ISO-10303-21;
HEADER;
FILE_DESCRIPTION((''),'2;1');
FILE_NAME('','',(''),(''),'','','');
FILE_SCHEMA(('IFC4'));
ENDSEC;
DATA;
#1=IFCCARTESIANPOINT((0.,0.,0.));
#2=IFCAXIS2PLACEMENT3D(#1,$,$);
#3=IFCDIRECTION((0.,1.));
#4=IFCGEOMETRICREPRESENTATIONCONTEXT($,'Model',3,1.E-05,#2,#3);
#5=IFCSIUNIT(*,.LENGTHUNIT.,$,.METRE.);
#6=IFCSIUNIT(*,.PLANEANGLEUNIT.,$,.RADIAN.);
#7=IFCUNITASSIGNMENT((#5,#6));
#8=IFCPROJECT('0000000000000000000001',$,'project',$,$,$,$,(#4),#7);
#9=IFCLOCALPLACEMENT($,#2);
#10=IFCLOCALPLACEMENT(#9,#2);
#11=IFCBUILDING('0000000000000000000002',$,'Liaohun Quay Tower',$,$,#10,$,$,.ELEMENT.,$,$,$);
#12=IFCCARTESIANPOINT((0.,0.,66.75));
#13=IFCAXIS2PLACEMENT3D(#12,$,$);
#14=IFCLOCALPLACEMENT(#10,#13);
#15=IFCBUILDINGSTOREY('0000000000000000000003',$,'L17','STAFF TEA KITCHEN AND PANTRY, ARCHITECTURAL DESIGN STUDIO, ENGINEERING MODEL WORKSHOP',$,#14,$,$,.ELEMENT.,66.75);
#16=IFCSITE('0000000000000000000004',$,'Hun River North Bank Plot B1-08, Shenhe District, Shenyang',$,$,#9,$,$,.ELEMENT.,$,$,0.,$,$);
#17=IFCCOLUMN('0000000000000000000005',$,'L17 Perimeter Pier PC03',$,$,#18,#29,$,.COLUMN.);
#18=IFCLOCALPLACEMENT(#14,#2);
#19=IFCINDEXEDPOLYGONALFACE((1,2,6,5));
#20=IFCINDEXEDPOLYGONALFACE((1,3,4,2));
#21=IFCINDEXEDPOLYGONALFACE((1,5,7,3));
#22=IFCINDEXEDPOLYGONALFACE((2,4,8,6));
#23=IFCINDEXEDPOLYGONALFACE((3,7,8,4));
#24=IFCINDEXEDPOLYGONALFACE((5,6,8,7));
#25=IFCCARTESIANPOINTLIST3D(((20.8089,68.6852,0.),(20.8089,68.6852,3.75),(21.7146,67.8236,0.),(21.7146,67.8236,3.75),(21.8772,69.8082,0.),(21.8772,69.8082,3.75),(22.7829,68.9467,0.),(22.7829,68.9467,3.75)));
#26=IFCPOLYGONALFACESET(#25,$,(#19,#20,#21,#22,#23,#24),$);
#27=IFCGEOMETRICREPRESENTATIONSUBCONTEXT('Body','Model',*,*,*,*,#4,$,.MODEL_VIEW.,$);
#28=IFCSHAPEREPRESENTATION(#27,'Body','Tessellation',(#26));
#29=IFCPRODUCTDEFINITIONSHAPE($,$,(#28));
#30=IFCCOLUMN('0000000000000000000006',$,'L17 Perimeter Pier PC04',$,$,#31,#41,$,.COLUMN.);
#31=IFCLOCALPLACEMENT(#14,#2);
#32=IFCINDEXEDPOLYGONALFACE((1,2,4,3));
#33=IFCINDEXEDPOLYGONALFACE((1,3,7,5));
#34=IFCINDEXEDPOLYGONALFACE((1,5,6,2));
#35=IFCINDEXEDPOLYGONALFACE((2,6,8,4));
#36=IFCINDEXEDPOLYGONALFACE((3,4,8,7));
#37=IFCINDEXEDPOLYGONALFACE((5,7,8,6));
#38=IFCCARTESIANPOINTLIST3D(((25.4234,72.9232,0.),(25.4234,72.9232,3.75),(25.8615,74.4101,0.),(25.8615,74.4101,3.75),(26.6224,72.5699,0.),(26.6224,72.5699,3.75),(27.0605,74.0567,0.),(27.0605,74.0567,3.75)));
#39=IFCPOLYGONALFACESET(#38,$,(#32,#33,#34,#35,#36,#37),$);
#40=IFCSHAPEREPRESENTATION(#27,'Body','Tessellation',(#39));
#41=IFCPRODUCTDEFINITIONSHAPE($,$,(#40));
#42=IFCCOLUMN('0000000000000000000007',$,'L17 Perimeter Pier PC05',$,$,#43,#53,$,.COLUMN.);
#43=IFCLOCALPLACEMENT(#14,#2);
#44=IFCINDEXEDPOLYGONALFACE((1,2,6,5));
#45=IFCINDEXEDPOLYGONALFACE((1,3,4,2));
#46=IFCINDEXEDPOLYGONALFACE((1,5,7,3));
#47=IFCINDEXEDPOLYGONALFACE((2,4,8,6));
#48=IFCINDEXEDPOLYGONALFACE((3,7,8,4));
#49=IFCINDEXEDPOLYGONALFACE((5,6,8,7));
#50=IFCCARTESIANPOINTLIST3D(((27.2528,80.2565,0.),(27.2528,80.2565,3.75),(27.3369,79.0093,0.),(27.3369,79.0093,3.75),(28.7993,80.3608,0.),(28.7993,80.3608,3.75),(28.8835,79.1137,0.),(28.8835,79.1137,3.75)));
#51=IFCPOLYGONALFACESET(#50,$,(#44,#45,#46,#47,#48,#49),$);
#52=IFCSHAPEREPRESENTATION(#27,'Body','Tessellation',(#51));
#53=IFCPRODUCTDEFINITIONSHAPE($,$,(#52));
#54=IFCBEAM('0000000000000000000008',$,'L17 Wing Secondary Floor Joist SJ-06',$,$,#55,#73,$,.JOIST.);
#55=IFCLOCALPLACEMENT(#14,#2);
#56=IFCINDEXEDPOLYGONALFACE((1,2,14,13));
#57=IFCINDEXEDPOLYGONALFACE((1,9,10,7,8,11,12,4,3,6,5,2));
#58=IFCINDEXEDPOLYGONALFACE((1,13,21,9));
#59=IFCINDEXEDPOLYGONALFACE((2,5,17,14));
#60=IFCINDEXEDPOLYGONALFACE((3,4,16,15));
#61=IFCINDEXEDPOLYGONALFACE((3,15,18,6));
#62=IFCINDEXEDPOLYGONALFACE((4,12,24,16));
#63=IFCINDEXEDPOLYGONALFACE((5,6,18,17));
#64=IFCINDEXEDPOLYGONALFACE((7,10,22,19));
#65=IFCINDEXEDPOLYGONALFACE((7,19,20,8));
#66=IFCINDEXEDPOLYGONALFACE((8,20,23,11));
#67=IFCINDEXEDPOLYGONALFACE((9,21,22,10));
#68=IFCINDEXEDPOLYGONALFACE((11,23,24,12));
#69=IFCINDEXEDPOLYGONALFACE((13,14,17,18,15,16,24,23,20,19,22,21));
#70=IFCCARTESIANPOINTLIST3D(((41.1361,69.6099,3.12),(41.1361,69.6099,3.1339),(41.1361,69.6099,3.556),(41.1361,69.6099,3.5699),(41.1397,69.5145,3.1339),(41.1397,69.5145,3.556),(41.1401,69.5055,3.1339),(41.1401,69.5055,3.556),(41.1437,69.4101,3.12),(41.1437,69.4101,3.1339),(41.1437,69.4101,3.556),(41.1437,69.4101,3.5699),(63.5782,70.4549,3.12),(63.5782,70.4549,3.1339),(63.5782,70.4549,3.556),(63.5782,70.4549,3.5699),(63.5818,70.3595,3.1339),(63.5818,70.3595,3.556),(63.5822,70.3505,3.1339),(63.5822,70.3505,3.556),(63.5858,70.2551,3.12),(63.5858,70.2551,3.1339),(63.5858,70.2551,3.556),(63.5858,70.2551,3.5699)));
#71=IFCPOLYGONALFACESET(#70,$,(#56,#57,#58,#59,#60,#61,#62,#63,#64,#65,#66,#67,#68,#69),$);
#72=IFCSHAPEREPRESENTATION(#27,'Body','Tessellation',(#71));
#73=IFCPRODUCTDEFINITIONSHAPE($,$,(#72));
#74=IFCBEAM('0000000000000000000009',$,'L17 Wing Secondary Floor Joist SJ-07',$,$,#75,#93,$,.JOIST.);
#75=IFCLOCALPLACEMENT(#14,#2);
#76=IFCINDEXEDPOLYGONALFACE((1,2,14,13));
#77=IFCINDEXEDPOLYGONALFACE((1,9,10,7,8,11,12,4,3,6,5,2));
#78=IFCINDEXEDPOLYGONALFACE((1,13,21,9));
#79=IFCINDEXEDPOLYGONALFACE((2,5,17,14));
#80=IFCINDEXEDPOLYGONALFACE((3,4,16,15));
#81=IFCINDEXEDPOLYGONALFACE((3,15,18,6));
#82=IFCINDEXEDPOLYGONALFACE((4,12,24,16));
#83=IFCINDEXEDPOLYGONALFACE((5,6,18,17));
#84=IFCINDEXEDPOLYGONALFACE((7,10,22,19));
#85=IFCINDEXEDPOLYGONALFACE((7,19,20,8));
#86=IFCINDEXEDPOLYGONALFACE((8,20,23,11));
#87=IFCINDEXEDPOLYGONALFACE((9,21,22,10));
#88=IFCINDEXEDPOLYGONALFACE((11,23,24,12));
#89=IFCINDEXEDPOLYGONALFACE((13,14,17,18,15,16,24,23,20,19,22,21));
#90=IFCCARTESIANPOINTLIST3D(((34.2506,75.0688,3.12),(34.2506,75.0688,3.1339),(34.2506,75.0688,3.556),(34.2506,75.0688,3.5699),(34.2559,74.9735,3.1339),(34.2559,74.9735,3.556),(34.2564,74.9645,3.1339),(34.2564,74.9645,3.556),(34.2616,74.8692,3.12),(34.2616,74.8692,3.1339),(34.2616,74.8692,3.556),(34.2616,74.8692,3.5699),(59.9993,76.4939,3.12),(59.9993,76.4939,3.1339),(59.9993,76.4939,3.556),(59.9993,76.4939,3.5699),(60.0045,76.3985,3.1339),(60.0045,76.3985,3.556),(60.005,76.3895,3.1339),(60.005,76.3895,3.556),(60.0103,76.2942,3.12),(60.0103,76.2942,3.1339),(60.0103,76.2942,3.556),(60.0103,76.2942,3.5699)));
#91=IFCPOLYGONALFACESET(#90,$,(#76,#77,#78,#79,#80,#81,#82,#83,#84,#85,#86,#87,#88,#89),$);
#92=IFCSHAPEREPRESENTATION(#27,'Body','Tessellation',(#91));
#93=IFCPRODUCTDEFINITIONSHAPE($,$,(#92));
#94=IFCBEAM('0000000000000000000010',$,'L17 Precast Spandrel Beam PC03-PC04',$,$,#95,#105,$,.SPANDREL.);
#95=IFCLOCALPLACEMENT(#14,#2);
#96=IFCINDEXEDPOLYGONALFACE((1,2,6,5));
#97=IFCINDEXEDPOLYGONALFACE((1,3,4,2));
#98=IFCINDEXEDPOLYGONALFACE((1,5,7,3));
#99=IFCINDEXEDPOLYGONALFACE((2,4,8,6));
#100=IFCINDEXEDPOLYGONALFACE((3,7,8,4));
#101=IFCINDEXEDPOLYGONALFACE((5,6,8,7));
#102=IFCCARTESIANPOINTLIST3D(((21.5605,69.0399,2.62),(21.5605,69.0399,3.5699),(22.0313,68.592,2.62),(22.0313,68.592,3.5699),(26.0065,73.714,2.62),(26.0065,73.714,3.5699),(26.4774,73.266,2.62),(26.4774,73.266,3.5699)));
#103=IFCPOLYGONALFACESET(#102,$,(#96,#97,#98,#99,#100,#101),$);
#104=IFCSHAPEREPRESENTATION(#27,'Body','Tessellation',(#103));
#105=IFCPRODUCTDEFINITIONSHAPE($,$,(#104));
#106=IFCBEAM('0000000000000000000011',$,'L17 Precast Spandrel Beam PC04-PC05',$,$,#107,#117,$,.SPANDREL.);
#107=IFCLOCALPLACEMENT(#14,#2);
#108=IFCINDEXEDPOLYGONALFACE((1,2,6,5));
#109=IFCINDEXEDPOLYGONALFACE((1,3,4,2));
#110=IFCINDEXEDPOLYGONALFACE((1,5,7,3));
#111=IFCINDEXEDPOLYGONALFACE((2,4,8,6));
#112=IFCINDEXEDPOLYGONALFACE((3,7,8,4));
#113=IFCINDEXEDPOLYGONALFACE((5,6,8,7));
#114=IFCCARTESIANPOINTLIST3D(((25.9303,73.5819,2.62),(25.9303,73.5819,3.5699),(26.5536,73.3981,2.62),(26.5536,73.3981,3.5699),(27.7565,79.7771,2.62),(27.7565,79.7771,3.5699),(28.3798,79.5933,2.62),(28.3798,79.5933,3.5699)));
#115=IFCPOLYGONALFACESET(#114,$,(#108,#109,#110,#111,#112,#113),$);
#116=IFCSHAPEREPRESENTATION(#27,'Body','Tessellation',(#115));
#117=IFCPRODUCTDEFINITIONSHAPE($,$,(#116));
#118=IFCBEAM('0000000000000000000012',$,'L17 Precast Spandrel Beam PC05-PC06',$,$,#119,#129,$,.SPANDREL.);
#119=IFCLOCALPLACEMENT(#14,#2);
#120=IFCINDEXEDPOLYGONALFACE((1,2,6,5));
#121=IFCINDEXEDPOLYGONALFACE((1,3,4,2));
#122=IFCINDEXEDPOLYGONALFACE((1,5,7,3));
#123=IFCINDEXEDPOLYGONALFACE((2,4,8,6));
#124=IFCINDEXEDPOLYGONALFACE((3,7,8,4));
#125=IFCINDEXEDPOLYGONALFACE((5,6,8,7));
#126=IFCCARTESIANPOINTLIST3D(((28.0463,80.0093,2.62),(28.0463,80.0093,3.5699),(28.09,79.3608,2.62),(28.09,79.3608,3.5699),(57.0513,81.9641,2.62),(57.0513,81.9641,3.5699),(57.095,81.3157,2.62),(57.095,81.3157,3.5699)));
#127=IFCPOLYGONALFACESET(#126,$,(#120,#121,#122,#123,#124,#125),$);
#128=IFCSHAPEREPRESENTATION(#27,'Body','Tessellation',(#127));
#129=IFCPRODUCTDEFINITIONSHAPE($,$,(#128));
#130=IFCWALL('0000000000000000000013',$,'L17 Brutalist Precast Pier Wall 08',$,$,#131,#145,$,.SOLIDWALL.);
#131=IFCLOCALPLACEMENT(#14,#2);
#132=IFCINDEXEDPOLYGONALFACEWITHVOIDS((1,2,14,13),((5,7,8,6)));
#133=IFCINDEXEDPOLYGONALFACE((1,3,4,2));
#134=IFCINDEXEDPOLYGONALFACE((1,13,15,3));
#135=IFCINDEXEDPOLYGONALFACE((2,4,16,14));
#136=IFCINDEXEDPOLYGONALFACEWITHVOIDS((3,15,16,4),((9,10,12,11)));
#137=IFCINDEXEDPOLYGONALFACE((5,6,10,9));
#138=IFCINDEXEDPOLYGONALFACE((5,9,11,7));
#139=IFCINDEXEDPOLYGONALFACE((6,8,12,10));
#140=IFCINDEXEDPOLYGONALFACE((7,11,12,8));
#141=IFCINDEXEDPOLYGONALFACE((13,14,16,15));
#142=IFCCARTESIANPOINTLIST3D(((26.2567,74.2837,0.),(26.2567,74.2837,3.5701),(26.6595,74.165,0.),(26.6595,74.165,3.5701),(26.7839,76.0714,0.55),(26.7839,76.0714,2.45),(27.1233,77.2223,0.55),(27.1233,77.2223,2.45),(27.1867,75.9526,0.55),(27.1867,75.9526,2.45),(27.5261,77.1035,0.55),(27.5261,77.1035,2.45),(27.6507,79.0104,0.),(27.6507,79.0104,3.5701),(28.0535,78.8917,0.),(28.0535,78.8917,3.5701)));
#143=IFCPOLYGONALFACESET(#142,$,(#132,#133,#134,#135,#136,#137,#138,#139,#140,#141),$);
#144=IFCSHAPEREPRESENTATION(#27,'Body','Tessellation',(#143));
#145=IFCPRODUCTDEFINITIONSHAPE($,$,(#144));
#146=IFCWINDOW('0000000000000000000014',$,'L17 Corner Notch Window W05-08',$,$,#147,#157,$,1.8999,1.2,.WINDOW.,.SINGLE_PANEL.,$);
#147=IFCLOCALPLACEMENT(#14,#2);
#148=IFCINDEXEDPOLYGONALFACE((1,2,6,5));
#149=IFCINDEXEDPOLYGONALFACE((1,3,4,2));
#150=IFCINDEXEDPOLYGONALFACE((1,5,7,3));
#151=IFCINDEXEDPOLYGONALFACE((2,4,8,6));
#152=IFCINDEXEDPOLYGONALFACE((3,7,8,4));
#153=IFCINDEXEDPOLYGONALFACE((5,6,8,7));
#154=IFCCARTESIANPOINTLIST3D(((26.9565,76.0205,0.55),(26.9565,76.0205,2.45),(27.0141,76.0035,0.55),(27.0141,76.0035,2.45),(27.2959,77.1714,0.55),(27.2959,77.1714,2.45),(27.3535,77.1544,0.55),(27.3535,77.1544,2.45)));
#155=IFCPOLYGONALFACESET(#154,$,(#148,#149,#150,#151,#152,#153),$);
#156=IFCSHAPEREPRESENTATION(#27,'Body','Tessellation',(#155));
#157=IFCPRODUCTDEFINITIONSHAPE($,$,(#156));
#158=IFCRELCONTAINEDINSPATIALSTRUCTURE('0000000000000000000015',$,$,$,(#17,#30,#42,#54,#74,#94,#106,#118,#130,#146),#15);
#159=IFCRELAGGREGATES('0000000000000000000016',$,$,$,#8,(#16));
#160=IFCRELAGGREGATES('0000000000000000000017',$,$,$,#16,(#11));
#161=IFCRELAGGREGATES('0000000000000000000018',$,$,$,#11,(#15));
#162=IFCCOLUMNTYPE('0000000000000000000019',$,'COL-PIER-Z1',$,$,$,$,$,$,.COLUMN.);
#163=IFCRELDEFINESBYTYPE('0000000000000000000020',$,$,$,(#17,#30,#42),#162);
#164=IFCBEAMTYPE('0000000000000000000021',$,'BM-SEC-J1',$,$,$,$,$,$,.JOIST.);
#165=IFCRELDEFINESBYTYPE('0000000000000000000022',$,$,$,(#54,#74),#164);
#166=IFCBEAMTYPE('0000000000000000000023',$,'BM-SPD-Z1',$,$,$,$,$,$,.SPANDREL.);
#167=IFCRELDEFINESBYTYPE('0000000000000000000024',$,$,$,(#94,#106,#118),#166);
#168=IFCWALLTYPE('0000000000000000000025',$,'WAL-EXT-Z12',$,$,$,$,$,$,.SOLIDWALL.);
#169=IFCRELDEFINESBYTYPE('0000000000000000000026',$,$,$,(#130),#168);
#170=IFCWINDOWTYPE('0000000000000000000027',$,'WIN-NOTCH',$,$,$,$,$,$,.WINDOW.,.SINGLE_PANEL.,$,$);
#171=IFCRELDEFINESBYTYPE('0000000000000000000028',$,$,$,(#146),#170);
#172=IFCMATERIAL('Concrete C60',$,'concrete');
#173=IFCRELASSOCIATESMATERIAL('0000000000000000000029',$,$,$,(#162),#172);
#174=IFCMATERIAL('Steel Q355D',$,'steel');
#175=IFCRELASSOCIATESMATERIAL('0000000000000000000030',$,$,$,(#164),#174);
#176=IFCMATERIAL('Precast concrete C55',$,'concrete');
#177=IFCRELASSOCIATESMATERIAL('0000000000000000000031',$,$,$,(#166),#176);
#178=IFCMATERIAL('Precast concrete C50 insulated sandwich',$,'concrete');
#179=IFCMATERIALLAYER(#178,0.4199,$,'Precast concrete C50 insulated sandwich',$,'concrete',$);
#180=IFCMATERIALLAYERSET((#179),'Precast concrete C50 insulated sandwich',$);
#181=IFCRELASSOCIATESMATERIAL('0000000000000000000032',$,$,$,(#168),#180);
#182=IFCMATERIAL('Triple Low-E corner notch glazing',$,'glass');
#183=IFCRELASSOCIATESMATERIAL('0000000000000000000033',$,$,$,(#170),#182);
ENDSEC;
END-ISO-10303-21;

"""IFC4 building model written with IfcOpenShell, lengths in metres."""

from ifc_helpers import new_model, si_unit, direction, frame, frame_2d, origin, origin_2d, place, context, subcontext, project, spatial, rectangle, i_section, extrude, source, transform, mapped, material, layer, layer_set, material_profile, profile_set, type_object, element, fill, save


model = new_model("IFC4")

# Units and contexts
model_context = context("Model", 3, precision=1e-05, world=origin(), true_north=direction((0.0, 1.0)))
body_context = subcontext(model_context, "Body", "Model", "MODEL_VIEW")
ifc_project = project(units=[si_unit("LENGTHUNIT", "METRE"), si_unit("PLANEANGLEUNIT", "RADIAN")], contexts=[model_context])

# Site, building, storey
site_placement = place(None, origin())
site = spatial("IfcSite", under=ifc_project, at=site_placement, Name="Hun River North Bank Plot B1-08, Shenhe District, Shenyang", CompositionType="ELEMENT", RefElevation=0.0)
building_placement = place(site_placement, origin())
building = spatial("IfcBuilding", under=site, at=building_placement, Name="Liaohun Quay Tower", CompositionType="ELEMENT")
storey_placement = place(building_placement, frame((0.0, 0.0, 66.75)))
storey = spatial("IfcBuildingStorey", under=building, at=storey_placement, Name="L17", Description="STAFF TEA KITCHEN AND PANTRY, ARCHITECTURAL DESIGN STUDIO, ENGINEERING MODEL WORKSHOP", CompositionType="ELEMENT", Elevation=66.75)

# Columns
ifc_material_1 = material(Name="Concrete C60", Category="concrete")
ifc_material_profile_1 = material_profile(ifc_material_1, rectangle(XDim=1.55, YDim=1.25, at=origin_2d()), Name="RC1550x1250")
ifc_profile_set_1 = profile_set([ifc_material_profile_1], Name="Concrete C60")
column_type = type_object("IfcColumnType", Name="COL-PIER-Z1", PredefinedType="COLUMN", material=ifc_profile_set_1)
shared_shape_1 = source(origin(), body_context, "Body", "SweptSolid", [
    extrude(rectangle(XDim=1.55, YDim=1.25, at=origin_2d()), origin(), (0.0, 0.0, 1.0), 3.75),
])
for number, where, z_axis, x_axis, name in (
    (1, (21.7959, 68.8159, 0.0), (0.0, 0.0, 1.0), (0.68924, 0.724533, 0.0), "L17 Perimeter Pier PC03"),
    (2, (26.2419, 73.49, 0.0), (0.0, 0.0, 1.0), (0.282676, 0.959215, 0.0), "L17 Perimeter Pier PC04"),
    (3, (28.0681, 79.6851, 0.0), (0.0, 0.0, 1.0), (0.997732, 0.067319, 0.0), "L17 Perimeter Pier PC05"),
):
    element("IfcColumn", number, at=place(storey_placement, frame(where, z_axis=z_axis, x_axis=x_axis)), inside=storey, type_object=column_type, Name=name, PredefinedType="COLUMN", context=body_context, shape_type="MappedRepresentation", body=[
        mapped(shared_shape_1, transform((0.0, 0.0, 0.0), x_axis=(1.0, 0.0, 0.0), y_axis=(0.0, 1.0, 0.0), z_axis=(0.0, 0.0, 1.0), scale=1.0)),
    ])

# Beams
ifc_material_2 = material(Name="Steel Q355D", Category="steel")
ifc_material_profile_2 = material_profile(ifc_material_2, i_section(OverallWidth=0.2, OverallDepth=0.45, WebThickness=0.009, FlangeThickness=0.0139, at=origin_2d()), Name="HN450x200x9x14")
ifc_profile_set_2 = profile_set([ifc_material_profile_2], Name="Steel Q355D")
beam_type_1 = type_object("IfcBeamType", Name="BM-SEC-J1", PredefinedType="JOIST", material=ifc_profile_set_2)
shared_shape_2 = source(origin(), body_context, "Body", "SweptSolid", [
    extrude(i_section(OverallWidth=0.2, OverallDepth=0.45, WebThickness=0.009, FlangeThickness=0.0139, at=origin_2d()), origin(), (0.0, 0.0, 1.0), 22.458),
])
beam_1_placement = place(storey_placement, frame((41.1399, 69.51, 3.345), z_axis=(0.999292, 0.037624, 0.0), x_axis=(-0.037624, 0.999292, 0.0)))
element("IfcBeam", 4, at=beam_1_placement, inside=storey, type_object=beam_type_1, Name="L17 Wing Secondary Floor Joist SJ-06", PredefinedType="JOIST", context=body_context, shape_type="MappedRepresentation", body=[
    mapped(shared_shape_2, transform((0.0, 0.0, 0.0), x_axis=(1.0, 0.0, 0.0), y_axis=(0.0, 1.0, 0.0), z_axis=(0.0, 0.0, 1.0), scale=1.0)),
])
shared_shape_3 = source(origin(), body_context, "Body", "SweptSolid", [
    extrude(i_section(OverallWidth=0.2, OverallDepth=0.45, WebThickness=0.009, FlangeThickness=0.0139, at=origin_2d()), origin(), (0.0, 0.0, 1.0), 25.7881),
])
beam_2_placement = place(storey_placement, frame((34.2561, 74.969, 3.345), z_axis=(0.998472, 0.05526, 0.0), x_axis=(-0.05526, 0.998472, 0.0)))
element("IfcBeam", 5, at=beam_2_placement, inside=storey, type_object=beam_type_1, Name="L17 Wing Secondary Floor Joist SJ-07", PredefinedType="JOIST", context=body_context, shape_type="MappedRepresentation", body=[
    mapped(shared_shape_3, transform((0.0, 0.0, 0.0), x_axis=(1.0, 0.0, 0.0), y_axis=(0.0, 1.0, 0.0), z_axis=(0.0, 0.0, 1.0), scale=1.0)),
])
ifc_material_3 = material(Name="Precast concrete C55", Category="concrete")
ifc_material_profile_3 = material_profile(ifc_material_3, rectangle(XDim=0.6499, YDim=0.95, at=origin_2d()), Name="RC650x950")
ifc_profile_set_3 = profile_set([ifc_material_profile_3], Name="Precast concrete C55")
beam_type_2 = type_object("IfcBeamType", Name="BM-SPD-Z1", PredefinedType="SPANDREL", material=ifc_profile_set_3)
shared_shape_4 = source(origin(), body_context, "Body", "SweptSolid", [
    extrude(rectangle(XDim=0.6499, YDim=0.95, at=origin_2d()), origin(), (0.0, 0.0, 1.0), 6.4509),
])
beam_3_placement = place(storey_placement, frame((21.7959, 68.8159, 3.095), z_axis=(0.689212, 0.72456, 0.0), x_axis=(-0.72456, 0.689212, 0.0)))
element("IfcBeam", 6, at=beam_3_placement, inside=storey, type_object=beam_type_2, Name="L17 Precast Spandrel Beam PC03-PC04", PredefinedType="SPANDREL", context=body_context, shape_type="MappedRepresentation", body=[
    mapped(shared_shape_4, transform((0.0, 0.0, 0.0), x_axis=(1.0, 0.0, 0.0), y_axis=(0.0, 1.0, 0.0), z_axis=(0.0, 0.0, 1.0), scale=1.0)),
])
shared_shape_5 = source(origin(), body_context, "Body", "SweptSolid", [
    extrude(rectangle(XDim=0.6499, YDim=0.95, at=origin_2d()), origin(), (0.0, 0.0, 1.0), 6.4587),
])
beam_4_placement = place(storey_placement, frame((26.2419, 73.49, 3.095), z_axis=(0.28275, 0.959194, 0.0), x_axis=(-0.959194, 0.28275, 0.0)))
element("IfcBeam", 7, at=beam_4_placement, inside=storey, type_object=beam_type_2, Name="L17 Precast Spandrel Beam PC04-PC05", PredefinedType="SPANDREL", context=body_context, shape_type="MappedRepresentation", body=[
    mapped(shared_shape_5, transform((0.0, 0.0, 0.0), x_axis=(1.0, 0.0, 0.0), y_axis=(0.0, 1.0, 0.0), z_axis=(0.0, 0.0, 1.0), scale=1.0)),
])
shared_shape_6 = source(origin(), body_context, "Body", "SweptSolid", [
    extrude(rectangle(XDim=0.6499, YDim=0.95, at=origin_2d()), origin(), (0.0, 0.0, 1.0), 29.0708),
])
beam_5_placement = place(storey_placement, frame((28.0681, 79.6851, 3.095), z_axis=(0.997737, 0.067244, 0.0), x_axis=(-0.067244, 0.997737, 0.0)))
element("IfcBeam", 8, at=beam_5_placement, inside=storey, type_object=beam_type_2, Name="L17 Precast Spandrel Beam PC05-PC06", PredefinedType="SPANDREL", context=body_context, shape_type="MappedRepresentation", body=[
    mapped(shared_shape_6, transform((0.0, 0.0, 0.0), x_axis=(1.0, 0.0, 0.0), y_axis=(0.0, 1.0, 0.0), z_axis=(0.0, 0.0, 1.0), scale=1.0)),
])

# Wall, opening, window
ifc_material_4 = material(Name="Precast concrete C50 insulated sandwich", Category="concrete")
ifc_layer_1 = layer(ifc_material_4, 0.4199, Name="Precast concrete C50 insulated sandwich", Category="concrete")
ifc_layer_set_1 = layer_set([ifc_layer_1], Name="Precast concrete C50 insulated sandwich")
wall_type_1 = type_object("IfcWallType", Name="WAL-EXT-Z12", PredefinedType="SOLIDWALL", material=ifc_layer_set_1)
wall_1_placement = place(storey_placement, frame((27.8521, 78.9509, 0.0), z_axis=(0.0, 0.0, 1.0), x_axis=(-0.282877, -0.959156, 0.0)))
wall_1 = element("IfcWall", 9, at=wall_1_placement, inside=storey, type_object=wall_type_1, Name="L17 Brutalist Precast Pier Wall 08", PredefinedType="SOLIDWALL", context=body_context, shape_type="SweptSolid", body=[
    extrude(rectangle(XDim=4.928, YDim=0.4199, at=frame_2d((2.4639, 0.0))), origin(), (0.0, 0.0, 1.0), 3.5701),
])
shared_shape_7 = source(origin(), body_context, "Body", "SweptSolid", [
    extrude(rectangle(XDim=1.2, YDim=1.8999, at=frame_2d((0.6001, 0.95))), frame((0.0, 0.22, 0.0), z_axis=(0.0, -1.0, 0.0), x_axis=(1.0, 0.0, 0.0)), (0.0, 0.0, 1.0), 0.4399),
])
opening_1_placement = place(wall_1_placement, frame((1.864, 0.0, 0.55)))
opening_1 = element("IfcOpeningElement", 10, at=opening_1_placement, cuts=wall_1, PredefinedType="OPENING", context=body_context, shape_type="MappedRepresentation", body=[
    mapped(shared_shape_7, transform((0.0, 0.0, 0.0), x_axis=(1.0, 0.0, 0.0), y_axis=(0.0, 1.0, 0.0), z_axis=(0.0, 0.0, 1.0), scale=1.0)),
])
ifc_material_5 = material(Name="Triple Low-E corner notch glazing", Category="glass")
window_type_1 = type_object("IfcWindowType", Name="WIN-NOTCH", PartitioningType="SINGLE_PANEL", PredefinedType="WINDOW", material=ifc_material_5)
shared_shape_8 = source(origin(), body_context, "Body", "SweptSolid", [
    extrude(rectangle(XDim=1.2, YDim=1.8999, at=frame_2d((0.6001, 0.95))), frame((0.0, 0.03, 0.0), z_axis=(0.0, -1.0, 0.0), x_axis=(1.0, 0.0, 0.0)), (0.0, 0.0, 1.0), 0.0601),
])
window_1_placement = place(opening_1_placement, origin())
window_1 = element("IfcWindow", 11, at=window_1_placement, inside=storey, type_object=window_type_1, Name="L17 Corner Notch Window W05-08", OverallHeight=1.8999, OverallWidth=1.2, PartitioningType="SINGLE_PANEL", PredefinedType="WINDOW", context=body_context, shape_type="MappedRepresentation", body=[
    mapped(shared_shape_8, transform((0.0, 0.0, 0.0), x_axis=(1.0, 0.0, 0.0), y_axis=(0.0, 1.0, 0.0), z_axis=(0.0, 0.0, 1.0), scale=1.0)),
])
fill(opening_1, window_1)

save(model, "model.ifc")
